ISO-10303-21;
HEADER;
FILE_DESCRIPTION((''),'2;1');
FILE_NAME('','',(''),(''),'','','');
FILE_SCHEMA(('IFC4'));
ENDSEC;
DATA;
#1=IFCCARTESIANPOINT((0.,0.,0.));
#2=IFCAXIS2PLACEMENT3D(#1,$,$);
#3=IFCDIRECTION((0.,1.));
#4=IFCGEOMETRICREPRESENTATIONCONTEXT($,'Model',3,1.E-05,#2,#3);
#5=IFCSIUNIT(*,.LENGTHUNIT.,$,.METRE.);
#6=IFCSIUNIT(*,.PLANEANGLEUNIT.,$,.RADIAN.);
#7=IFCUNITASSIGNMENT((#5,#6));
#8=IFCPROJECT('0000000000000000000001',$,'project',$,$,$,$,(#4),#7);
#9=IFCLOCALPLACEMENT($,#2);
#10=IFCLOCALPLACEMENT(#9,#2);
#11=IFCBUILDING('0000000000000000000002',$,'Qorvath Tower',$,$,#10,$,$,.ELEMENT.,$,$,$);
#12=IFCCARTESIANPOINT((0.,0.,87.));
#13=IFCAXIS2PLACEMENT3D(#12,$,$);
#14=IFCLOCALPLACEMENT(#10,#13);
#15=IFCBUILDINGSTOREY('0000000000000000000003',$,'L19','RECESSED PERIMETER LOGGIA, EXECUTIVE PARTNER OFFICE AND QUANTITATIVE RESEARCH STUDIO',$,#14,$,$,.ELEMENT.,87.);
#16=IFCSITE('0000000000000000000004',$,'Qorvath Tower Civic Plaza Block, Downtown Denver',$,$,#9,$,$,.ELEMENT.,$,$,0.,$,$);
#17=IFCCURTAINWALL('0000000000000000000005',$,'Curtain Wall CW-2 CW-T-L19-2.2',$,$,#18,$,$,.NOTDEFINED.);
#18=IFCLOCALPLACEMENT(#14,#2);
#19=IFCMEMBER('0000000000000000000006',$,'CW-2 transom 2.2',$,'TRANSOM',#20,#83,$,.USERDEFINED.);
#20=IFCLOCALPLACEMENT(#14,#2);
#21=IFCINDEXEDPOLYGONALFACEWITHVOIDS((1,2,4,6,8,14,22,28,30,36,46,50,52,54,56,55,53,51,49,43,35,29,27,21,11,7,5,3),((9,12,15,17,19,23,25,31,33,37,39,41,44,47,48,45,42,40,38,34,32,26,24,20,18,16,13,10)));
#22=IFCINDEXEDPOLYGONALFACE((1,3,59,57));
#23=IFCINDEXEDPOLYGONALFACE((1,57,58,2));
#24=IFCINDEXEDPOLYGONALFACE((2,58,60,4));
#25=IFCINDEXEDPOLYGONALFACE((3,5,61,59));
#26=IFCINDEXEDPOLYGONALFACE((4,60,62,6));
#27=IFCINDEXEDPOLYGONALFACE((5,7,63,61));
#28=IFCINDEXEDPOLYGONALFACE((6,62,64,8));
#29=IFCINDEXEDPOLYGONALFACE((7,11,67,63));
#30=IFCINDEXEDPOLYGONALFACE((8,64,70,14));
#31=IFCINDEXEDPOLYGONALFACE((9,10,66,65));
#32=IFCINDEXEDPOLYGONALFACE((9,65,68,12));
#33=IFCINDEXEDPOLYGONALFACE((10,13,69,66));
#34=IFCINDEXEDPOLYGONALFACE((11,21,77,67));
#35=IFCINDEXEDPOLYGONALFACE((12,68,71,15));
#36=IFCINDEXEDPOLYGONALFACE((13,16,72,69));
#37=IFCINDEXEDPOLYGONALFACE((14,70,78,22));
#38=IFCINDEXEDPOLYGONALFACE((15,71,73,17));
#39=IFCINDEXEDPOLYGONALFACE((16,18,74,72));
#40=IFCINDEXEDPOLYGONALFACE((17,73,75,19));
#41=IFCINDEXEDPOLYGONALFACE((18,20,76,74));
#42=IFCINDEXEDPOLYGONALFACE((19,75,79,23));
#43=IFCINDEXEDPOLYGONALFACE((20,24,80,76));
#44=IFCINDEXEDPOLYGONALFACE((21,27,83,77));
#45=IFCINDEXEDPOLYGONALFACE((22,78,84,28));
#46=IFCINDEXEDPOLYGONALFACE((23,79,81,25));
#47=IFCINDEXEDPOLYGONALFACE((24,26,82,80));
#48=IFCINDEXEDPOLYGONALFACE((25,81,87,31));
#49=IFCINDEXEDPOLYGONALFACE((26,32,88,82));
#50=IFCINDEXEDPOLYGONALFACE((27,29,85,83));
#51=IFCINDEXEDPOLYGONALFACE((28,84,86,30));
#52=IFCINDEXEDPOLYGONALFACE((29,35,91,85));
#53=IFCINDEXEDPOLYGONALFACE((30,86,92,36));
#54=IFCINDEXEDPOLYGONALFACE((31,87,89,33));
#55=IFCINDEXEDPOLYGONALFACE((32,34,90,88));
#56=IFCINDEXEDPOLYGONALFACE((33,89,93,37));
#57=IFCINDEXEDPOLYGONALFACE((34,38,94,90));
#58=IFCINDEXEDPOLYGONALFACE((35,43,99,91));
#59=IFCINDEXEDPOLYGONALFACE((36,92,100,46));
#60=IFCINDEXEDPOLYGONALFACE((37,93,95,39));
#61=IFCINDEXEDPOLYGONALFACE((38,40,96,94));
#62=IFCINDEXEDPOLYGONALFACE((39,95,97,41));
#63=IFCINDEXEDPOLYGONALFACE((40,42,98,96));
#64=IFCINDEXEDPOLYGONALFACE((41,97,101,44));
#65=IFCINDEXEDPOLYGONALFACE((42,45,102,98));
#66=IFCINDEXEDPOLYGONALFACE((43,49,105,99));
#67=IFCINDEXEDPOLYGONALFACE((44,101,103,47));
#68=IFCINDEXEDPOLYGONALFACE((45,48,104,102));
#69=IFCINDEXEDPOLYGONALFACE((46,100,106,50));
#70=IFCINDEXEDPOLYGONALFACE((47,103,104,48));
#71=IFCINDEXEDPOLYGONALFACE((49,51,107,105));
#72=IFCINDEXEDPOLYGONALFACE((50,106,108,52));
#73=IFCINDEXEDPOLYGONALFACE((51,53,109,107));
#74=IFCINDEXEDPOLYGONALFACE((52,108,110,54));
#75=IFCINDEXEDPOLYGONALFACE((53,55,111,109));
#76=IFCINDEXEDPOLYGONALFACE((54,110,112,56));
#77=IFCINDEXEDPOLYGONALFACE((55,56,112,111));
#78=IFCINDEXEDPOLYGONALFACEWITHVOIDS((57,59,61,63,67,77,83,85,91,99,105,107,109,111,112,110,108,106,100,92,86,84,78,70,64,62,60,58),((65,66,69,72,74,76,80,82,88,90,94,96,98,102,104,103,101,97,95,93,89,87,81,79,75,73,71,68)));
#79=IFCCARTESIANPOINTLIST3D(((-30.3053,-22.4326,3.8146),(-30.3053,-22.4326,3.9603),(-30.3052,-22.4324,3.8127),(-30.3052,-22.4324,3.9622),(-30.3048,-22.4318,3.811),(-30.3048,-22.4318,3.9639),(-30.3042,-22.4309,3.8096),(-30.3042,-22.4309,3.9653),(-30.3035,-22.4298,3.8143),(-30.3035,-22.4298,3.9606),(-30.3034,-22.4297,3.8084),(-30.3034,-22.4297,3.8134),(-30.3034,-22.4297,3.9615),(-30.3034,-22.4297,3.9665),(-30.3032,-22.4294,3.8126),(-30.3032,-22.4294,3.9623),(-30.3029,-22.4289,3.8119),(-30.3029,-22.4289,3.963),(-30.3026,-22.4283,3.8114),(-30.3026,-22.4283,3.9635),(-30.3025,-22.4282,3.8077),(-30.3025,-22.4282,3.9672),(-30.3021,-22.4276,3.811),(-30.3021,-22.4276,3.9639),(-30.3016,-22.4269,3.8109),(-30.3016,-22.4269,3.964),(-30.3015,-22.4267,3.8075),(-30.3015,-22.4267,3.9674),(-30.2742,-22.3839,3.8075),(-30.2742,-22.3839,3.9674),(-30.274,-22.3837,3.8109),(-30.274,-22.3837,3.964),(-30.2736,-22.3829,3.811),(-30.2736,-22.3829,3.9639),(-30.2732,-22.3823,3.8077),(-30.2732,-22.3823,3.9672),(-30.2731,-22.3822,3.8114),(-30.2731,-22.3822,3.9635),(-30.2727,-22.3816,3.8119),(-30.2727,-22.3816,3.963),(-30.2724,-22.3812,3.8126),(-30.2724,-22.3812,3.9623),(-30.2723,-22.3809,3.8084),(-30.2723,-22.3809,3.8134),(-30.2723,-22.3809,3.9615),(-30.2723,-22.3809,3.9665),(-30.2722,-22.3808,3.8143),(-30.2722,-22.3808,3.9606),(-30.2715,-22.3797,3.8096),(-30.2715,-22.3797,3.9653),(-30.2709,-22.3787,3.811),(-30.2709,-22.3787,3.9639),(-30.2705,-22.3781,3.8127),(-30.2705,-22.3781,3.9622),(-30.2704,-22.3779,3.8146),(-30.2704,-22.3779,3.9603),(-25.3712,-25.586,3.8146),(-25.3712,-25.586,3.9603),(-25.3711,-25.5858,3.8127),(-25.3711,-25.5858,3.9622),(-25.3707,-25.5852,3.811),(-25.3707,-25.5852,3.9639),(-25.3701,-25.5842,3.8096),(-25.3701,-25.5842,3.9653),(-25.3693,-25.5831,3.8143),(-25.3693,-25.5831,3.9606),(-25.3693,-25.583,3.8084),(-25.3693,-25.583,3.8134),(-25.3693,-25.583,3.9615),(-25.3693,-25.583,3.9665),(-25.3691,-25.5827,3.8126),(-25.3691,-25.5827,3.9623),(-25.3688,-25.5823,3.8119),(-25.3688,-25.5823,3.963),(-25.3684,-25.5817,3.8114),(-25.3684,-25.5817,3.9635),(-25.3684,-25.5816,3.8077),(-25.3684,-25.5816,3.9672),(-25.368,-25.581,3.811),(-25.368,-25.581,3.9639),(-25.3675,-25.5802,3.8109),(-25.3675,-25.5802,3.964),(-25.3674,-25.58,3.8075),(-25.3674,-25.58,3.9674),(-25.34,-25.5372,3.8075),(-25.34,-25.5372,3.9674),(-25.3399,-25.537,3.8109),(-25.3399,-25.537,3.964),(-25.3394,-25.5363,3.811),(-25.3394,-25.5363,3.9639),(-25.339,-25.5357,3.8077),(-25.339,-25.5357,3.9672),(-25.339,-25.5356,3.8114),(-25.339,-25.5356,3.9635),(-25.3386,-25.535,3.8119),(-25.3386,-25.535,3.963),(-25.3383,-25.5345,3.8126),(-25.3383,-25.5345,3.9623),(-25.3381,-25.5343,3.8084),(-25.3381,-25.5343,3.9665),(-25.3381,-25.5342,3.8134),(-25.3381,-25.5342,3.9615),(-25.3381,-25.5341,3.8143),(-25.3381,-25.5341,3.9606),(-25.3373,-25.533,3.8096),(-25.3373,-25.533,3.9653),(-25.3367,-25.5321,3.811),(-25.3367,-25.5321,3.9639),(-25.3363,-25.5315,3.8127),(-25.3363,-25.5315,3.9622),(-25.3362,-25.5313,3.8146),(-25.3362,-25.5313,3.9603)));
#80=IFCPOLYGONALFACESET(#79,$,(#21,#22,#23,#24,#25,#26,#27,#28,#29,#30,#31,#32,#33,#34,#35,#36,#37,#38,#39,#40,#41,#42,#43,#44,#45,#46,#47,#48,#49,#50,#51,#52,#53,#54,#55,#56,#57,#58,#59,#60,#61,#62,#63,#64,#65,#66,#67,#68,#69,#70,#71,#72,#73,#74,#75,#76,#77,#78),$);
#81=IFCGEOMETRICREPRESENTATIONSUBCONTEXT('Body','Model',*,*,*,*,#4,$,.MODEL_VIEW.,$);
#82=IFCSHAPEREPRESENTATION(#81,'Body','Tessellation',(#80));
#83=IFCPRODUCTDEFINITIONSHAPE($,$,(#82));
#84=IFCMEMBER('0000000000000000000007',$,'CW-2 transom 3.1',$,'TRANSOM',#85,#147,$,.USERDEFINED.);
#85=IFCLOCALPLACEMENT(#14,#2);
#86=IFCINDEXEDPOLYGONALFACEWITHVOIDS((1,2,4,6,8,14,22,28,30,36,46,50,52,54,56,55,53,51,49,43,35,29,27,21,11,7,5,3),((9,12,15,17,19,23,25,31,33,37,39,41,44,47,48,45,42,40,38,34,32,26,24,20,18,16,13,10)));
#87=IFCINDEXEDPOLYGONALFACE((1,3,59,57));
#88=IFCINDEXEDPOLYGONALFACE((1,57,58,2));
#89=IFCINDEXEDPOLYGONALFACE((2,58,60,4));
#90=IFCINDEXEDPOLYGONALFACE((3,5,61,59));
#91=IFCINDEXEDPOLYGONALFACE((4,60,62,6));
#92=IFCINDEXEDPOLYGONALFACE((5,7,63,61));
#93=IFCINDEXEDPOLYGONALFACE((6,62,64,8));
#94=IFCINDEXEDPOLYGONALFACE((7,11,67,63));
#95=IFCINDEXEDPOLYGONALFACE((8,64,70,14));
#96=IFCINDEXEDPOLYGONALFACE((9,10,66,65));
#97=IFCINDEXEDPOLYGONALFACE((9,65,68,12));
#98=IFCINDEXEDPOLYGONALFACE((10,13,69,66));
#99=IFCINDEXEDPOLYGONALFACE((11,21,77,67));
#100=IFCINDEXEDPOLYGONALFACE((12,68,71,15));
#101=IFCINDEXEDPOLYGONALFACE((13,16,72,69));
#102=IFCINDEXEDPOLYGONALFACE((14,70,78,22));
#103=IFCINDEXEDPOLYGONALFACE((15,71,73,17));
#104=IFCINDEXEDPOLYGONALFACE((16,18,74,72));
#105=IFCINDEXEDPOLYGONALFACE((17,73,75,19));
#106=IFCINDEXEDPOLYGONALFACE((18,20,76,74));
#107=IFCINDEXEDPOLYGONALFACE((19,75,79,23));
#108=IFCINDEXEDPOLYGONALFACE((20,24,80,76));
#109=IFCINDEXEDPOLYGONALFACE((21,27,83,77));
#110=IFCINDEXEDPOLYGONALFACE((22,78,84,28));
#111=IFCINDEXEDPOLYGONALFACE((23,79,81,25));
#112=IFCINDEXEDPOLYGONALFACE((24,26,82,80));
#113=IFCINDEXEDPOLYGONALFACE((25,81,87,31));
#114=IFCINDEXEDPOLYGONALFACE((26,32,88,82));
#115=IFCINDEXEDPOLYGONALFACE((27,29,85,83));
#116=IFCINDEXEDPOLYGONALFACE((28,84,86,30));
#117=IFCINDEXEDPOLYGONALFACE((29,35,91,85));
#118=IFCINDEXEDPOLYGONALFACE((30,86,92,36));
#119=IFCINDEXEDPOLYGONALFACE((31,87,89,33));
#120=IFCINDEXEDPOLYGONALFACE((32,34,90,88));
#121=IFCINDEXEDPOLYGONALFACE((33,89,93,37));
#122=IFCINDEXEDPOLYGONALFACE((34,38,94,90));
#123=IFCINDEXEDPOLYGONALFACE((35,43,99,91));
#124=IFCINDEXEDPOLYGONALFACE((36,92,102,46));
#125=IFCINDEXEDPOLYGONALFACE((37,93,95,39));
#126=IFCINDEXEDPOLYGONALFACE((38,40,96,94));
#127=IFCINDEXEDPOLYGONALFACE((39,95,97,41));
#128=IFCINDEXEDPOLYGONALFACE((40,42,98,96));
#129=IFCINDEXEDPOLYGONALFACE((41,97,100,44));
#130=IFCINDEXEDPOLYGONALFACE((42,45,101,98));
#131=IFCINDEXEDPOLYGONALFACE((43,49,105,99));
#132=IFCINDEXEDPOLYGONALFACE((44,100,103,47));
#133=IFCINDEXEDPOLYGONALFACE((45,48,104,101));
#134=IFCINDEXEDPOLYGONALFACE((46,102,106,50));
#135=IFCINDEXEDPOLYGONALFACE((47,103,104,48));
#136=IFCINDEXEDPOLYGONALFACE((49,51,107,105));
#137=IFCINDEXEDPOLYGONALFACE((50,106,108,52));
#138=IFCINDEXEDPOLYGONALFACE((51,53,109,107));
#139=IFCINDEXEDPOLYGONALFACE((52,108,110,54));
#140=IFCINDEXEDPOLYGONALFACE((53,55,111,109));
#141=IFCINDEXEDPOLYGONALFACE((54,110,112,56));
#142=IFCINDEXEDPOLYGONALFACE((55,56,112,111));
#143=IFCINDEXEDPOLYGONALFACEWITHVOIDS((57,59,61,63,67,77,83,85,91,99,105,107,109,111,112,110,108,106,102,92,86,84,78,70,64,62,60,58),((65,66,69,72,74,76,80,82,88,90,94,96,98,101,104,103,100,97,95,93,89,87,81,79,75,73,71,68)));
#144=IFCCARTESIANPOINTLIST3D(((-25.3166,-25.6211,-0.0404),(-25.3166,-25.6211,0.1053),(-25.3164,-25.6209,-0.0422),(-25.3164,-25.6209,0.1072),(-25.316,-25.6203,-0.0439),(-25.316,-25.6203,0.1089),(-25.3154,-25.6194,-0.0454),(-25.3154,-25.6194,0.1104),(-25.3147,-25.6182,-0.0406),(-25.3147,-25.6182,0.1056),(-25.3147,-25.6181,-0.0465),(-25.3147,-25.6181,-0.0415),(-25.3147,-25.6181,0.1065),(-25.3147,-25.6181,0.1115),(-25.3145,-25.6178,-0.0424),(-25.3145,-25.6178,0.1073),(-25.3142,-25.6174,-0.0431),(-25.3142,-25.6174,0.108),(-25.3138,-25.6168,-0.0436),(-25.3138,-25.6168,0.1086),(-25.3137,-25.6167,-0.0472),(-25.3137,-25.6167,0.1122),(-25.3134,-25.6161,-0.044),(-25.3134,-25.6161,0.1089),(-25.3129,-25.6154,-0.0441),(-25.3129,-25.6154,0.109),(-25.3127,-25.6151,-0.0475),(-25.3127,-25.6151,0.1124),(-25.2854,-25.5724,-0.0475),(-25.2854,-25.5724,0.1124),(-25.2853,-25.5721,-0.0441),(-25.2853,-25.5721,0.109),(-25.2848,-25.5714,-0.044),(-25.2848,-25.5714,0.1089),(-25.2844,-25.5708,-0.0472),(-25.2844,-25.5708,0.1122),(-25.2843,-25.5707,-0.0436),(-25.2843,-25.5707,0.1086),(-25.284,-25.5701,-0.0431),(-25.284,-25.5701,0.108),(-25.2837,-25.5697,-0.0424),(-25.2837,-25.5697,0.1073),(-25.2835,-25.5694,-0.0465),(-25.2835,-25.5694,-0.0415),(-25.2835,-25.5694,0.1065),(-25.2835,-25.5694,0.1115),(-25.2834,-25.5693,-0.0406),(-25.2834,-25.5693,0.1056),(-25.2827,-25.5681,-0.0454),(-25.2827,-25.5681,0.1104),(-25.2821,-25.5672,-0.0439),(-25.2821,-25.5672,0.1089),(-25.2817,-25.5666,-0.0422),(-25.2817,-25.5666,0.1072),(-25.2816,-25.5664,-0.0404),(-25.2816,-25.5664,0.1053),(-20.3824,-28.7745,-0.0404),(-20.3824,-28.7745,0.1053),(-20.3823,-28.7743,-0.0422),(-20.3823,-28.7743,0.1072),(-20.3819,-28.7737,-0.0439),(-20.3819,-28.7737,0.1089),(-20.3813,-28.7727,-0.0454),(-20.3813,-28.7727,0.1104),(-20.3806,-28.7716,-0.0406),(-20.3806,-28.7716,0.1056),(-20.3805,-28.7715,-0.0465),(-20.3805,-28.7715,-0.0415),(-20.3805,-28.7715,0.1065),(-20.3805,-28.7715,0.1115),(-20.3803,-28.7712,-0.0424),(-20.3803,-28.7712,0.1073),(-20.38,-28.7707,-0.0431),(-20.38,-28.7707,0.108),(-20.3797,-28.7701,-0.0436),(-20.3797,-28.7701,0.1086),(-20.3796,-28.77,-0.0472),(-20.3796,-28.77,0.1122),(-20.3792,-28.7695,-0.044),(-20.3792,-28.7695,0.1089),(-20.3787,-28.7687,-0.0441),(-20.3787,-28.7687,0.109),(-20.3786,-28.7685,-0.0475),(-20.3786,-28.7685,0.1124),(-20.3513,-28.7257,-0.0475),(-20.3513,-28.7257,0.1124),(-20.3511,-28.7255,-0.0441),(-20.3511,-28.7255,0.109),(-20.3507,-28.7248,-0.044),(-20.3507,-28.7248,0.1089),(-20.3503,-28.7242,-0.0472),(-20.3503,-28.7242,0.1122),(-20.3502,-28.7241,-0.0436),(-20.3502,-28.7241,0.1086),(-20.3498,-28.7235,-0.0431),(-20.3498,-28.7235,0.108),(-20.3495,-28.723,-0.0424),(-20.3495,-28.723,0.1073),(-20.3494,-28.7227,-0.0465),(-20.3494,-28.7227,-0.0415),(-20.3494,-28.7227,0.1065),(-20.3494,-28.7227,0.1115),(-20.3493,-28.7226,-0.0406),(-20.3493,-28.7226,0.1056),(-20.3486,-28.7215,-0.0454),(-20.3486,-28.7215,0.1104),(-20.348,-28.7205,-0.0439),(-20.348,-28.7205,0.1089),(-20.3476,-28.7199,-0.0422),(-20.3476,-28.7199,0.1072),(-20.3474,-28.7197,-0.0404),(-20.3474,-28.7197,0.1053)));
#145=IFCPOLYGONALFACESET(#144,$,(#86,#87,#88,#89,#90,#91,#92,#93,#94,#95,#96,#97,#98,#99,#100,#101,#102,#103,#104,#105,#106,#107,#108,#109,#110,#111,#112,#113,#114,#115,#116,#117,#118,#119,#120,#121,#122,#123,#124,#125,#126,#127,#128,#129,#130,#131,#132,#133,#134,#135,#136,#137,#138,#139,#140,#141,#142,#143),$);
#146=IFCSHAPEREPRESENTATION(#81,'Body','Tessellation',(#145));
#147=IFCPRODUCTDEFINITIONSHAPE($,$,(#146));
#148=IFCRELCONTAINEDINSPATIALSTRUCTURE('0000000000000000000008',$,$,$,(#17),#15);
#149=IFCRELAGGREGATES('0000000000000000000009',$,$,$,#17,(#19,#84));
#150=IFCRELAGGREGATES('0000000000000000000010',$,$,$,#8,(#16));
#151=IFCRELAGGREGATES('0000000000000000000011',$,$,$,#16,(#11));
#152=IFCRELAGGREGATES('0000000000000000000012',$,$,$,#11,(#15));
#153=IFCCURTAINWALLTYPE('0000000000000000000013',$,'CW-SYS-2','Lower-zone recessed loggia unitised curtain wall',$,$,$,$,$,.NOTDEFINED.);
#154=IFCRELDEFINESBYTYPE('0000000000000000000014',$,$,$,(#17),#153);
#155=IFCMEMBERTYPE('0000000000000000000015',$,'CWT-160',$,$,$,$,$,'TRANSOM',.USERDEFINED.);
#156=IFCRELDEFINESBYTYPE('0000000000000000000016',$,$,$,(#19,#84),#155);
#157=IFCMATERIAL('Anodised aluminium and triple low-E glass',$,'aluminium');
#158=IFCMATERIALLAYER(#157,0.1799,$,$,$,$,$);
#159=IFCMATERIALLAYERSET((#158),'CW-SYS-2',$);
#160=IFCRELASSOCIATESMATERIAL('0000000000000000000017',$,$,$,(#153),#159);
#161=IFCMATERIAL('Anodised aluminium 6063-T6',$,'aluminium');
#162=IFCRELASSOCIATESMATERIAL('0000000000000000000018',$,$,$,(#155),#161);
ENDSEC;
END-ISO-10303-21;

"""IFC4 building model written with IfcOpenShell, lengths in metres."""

from ifc_helpers import new_model, si_unit, direction, frame, origin, origin_2d, place, context, subcontext, project, spatial, hollow_rectangle, extrude, material, layer, layer_set, material_profile, profile_set, type_object, element, aggregate, save


model = new_model("IFC4")

# Units and contexts
model_context = context("Model", 3, precision=1e-05, world=origin(), true_north=direction((0.0, 1.0)))
body_context = subcontext(model_context, "Body", "Model", "MODEL_VIEW")
ifc_project = project(units=[si_unit("LENGTHUNIT", "METRE"), si_unit("PLANEANGLEUNIT", "RADIAN")], contexts=[model_context])

# Site, building, storey
site_placement = place(None, origin())
site = spatial("IfcSite", under=ifc_project, at=site_placement, Name="Qorvath Tower Civic Plaza Block, Downtown Denver", CompositionType="ELEMENT", RefElevation=0.0)
building_placement = place(site_placement, origin())
building = spatial("IfcBuilding", under=site, at=building_placement, Name="Qorvath Tower", CompositionType="ELEMENT")
storey_placement = place(building_placement, frame((0.0, 0.0, 87.0)))
storey = spatial("IfcBuildingStorey", under=building, at=storey_placement, Name="L19", Description="RECESSED PERIMETER LOGGIA, EXECUTIVE PARTNER OFFICE AND QUANTITATIVE RESEARCH STUDIO", CompositionType="ELEMENT", Elevation=87.0)

# Curtain wall, members
ifc_material_1 = material(Name="Anodised aluminium and triple low-E glass", Category="aluminium")
ifc_layer_1 = layer(ifc_material_1, 0.1799)
ifc_layer_set_1 = layer_set([ifc_layer_1], Name="CW-SYS-2")
curtain_wall_type = type_object("IfcCurtainWallType", Name="CW-SYS-2", Description="Lower-zone recessed loggia unitised curtain wall", PredefinedType="NOTDEFINED", material=ifc_layer_set_1)
curtain_wall_placement = place(storey_placement, origin())
curtain_wall = element("IfcCurtainWall", 1, at=curtain_wall_placement, inside=storey, type_object=curtain_wall_type, Name="Curtain Wall CW-2 CW-T-L19-2.2", PredefinedType="NOTDEFINED")
ifc_material_2 = material(Name="Anodised aluminium 6063-T6", Category="aluminium")
ifc_material_profile_1 = material_profile(ifc_material_2, hollow_rectangle(XDim=0.0649, YDim=0.1599, WallThickness=0.0034, InnerFilletRadius=0.0034, OuterFilletRadius=0.0071, at=origin_2d()), Name="CWT 160x65")
ifc_profile_set_1 = profile_set([ifc_material_profile_1], Name="Anodised aluminium 6063-T6")
member_type_1 = type_object("IfcMemberType", Name="CWT-160", ElementType="TRANSOM", PredefinedType="USERDEFINED", material=ifc_profile_set_1)
member_1_placement = place(storey_placement, frame((-30.2878, -22.4053, 3.8875), z_axis=(0.84262, -0.538509, 0.0), x_axis=(0.538509, 0.84262, 0.0)))
member_1 = element("IfcMember", 2, at=member_1_placement, type_object=member_type_1, Name="CW-2 transom 2.2", ObjectType="TRANSOM", PredefinedType="USERDEFINED", context=body_context, shape_type="SweptSolid", body=[
    extrude(hollow_rectangle(XDim=0.0649, YDim=0.1599, WallThickness=0.0034, InnerFilletRadius=0.0034, OuterFilletRadius=0.0071, at=origin_2d()), origin(), (0.0, 0.0, 1.0), 5.8557),
])
member_2_placement = place(storey_placement, frame((-25.2991, -25.5938, 0.0325), z_axis=(0.84262, -0.538509, 0.0), x_axis=(0.538509, 0.84262, 0.0)))
member_2 = element("IfcMember", 3, at=member_2_placement, type_object=member_type_1, Name="CW-2 transom 3.1", ObjectType="TRANSOM", PredefinedType="USERDEFINED", context=body_context, shape_type="SweptSolid", body=[
    extrude(hollow_rectangle(XDim=0.0649, YDim=0.1599, WallThickness=0.0034, InnerFilletRadius=0.0034, OuterFilletRadius=0.0071, at=origin_2d()), origin(), (0.0, 0.0, 1.0), 5.8557),
])
aggregate(curtain_wall, [member_1, member_2])

save(model, "model.ifc")
